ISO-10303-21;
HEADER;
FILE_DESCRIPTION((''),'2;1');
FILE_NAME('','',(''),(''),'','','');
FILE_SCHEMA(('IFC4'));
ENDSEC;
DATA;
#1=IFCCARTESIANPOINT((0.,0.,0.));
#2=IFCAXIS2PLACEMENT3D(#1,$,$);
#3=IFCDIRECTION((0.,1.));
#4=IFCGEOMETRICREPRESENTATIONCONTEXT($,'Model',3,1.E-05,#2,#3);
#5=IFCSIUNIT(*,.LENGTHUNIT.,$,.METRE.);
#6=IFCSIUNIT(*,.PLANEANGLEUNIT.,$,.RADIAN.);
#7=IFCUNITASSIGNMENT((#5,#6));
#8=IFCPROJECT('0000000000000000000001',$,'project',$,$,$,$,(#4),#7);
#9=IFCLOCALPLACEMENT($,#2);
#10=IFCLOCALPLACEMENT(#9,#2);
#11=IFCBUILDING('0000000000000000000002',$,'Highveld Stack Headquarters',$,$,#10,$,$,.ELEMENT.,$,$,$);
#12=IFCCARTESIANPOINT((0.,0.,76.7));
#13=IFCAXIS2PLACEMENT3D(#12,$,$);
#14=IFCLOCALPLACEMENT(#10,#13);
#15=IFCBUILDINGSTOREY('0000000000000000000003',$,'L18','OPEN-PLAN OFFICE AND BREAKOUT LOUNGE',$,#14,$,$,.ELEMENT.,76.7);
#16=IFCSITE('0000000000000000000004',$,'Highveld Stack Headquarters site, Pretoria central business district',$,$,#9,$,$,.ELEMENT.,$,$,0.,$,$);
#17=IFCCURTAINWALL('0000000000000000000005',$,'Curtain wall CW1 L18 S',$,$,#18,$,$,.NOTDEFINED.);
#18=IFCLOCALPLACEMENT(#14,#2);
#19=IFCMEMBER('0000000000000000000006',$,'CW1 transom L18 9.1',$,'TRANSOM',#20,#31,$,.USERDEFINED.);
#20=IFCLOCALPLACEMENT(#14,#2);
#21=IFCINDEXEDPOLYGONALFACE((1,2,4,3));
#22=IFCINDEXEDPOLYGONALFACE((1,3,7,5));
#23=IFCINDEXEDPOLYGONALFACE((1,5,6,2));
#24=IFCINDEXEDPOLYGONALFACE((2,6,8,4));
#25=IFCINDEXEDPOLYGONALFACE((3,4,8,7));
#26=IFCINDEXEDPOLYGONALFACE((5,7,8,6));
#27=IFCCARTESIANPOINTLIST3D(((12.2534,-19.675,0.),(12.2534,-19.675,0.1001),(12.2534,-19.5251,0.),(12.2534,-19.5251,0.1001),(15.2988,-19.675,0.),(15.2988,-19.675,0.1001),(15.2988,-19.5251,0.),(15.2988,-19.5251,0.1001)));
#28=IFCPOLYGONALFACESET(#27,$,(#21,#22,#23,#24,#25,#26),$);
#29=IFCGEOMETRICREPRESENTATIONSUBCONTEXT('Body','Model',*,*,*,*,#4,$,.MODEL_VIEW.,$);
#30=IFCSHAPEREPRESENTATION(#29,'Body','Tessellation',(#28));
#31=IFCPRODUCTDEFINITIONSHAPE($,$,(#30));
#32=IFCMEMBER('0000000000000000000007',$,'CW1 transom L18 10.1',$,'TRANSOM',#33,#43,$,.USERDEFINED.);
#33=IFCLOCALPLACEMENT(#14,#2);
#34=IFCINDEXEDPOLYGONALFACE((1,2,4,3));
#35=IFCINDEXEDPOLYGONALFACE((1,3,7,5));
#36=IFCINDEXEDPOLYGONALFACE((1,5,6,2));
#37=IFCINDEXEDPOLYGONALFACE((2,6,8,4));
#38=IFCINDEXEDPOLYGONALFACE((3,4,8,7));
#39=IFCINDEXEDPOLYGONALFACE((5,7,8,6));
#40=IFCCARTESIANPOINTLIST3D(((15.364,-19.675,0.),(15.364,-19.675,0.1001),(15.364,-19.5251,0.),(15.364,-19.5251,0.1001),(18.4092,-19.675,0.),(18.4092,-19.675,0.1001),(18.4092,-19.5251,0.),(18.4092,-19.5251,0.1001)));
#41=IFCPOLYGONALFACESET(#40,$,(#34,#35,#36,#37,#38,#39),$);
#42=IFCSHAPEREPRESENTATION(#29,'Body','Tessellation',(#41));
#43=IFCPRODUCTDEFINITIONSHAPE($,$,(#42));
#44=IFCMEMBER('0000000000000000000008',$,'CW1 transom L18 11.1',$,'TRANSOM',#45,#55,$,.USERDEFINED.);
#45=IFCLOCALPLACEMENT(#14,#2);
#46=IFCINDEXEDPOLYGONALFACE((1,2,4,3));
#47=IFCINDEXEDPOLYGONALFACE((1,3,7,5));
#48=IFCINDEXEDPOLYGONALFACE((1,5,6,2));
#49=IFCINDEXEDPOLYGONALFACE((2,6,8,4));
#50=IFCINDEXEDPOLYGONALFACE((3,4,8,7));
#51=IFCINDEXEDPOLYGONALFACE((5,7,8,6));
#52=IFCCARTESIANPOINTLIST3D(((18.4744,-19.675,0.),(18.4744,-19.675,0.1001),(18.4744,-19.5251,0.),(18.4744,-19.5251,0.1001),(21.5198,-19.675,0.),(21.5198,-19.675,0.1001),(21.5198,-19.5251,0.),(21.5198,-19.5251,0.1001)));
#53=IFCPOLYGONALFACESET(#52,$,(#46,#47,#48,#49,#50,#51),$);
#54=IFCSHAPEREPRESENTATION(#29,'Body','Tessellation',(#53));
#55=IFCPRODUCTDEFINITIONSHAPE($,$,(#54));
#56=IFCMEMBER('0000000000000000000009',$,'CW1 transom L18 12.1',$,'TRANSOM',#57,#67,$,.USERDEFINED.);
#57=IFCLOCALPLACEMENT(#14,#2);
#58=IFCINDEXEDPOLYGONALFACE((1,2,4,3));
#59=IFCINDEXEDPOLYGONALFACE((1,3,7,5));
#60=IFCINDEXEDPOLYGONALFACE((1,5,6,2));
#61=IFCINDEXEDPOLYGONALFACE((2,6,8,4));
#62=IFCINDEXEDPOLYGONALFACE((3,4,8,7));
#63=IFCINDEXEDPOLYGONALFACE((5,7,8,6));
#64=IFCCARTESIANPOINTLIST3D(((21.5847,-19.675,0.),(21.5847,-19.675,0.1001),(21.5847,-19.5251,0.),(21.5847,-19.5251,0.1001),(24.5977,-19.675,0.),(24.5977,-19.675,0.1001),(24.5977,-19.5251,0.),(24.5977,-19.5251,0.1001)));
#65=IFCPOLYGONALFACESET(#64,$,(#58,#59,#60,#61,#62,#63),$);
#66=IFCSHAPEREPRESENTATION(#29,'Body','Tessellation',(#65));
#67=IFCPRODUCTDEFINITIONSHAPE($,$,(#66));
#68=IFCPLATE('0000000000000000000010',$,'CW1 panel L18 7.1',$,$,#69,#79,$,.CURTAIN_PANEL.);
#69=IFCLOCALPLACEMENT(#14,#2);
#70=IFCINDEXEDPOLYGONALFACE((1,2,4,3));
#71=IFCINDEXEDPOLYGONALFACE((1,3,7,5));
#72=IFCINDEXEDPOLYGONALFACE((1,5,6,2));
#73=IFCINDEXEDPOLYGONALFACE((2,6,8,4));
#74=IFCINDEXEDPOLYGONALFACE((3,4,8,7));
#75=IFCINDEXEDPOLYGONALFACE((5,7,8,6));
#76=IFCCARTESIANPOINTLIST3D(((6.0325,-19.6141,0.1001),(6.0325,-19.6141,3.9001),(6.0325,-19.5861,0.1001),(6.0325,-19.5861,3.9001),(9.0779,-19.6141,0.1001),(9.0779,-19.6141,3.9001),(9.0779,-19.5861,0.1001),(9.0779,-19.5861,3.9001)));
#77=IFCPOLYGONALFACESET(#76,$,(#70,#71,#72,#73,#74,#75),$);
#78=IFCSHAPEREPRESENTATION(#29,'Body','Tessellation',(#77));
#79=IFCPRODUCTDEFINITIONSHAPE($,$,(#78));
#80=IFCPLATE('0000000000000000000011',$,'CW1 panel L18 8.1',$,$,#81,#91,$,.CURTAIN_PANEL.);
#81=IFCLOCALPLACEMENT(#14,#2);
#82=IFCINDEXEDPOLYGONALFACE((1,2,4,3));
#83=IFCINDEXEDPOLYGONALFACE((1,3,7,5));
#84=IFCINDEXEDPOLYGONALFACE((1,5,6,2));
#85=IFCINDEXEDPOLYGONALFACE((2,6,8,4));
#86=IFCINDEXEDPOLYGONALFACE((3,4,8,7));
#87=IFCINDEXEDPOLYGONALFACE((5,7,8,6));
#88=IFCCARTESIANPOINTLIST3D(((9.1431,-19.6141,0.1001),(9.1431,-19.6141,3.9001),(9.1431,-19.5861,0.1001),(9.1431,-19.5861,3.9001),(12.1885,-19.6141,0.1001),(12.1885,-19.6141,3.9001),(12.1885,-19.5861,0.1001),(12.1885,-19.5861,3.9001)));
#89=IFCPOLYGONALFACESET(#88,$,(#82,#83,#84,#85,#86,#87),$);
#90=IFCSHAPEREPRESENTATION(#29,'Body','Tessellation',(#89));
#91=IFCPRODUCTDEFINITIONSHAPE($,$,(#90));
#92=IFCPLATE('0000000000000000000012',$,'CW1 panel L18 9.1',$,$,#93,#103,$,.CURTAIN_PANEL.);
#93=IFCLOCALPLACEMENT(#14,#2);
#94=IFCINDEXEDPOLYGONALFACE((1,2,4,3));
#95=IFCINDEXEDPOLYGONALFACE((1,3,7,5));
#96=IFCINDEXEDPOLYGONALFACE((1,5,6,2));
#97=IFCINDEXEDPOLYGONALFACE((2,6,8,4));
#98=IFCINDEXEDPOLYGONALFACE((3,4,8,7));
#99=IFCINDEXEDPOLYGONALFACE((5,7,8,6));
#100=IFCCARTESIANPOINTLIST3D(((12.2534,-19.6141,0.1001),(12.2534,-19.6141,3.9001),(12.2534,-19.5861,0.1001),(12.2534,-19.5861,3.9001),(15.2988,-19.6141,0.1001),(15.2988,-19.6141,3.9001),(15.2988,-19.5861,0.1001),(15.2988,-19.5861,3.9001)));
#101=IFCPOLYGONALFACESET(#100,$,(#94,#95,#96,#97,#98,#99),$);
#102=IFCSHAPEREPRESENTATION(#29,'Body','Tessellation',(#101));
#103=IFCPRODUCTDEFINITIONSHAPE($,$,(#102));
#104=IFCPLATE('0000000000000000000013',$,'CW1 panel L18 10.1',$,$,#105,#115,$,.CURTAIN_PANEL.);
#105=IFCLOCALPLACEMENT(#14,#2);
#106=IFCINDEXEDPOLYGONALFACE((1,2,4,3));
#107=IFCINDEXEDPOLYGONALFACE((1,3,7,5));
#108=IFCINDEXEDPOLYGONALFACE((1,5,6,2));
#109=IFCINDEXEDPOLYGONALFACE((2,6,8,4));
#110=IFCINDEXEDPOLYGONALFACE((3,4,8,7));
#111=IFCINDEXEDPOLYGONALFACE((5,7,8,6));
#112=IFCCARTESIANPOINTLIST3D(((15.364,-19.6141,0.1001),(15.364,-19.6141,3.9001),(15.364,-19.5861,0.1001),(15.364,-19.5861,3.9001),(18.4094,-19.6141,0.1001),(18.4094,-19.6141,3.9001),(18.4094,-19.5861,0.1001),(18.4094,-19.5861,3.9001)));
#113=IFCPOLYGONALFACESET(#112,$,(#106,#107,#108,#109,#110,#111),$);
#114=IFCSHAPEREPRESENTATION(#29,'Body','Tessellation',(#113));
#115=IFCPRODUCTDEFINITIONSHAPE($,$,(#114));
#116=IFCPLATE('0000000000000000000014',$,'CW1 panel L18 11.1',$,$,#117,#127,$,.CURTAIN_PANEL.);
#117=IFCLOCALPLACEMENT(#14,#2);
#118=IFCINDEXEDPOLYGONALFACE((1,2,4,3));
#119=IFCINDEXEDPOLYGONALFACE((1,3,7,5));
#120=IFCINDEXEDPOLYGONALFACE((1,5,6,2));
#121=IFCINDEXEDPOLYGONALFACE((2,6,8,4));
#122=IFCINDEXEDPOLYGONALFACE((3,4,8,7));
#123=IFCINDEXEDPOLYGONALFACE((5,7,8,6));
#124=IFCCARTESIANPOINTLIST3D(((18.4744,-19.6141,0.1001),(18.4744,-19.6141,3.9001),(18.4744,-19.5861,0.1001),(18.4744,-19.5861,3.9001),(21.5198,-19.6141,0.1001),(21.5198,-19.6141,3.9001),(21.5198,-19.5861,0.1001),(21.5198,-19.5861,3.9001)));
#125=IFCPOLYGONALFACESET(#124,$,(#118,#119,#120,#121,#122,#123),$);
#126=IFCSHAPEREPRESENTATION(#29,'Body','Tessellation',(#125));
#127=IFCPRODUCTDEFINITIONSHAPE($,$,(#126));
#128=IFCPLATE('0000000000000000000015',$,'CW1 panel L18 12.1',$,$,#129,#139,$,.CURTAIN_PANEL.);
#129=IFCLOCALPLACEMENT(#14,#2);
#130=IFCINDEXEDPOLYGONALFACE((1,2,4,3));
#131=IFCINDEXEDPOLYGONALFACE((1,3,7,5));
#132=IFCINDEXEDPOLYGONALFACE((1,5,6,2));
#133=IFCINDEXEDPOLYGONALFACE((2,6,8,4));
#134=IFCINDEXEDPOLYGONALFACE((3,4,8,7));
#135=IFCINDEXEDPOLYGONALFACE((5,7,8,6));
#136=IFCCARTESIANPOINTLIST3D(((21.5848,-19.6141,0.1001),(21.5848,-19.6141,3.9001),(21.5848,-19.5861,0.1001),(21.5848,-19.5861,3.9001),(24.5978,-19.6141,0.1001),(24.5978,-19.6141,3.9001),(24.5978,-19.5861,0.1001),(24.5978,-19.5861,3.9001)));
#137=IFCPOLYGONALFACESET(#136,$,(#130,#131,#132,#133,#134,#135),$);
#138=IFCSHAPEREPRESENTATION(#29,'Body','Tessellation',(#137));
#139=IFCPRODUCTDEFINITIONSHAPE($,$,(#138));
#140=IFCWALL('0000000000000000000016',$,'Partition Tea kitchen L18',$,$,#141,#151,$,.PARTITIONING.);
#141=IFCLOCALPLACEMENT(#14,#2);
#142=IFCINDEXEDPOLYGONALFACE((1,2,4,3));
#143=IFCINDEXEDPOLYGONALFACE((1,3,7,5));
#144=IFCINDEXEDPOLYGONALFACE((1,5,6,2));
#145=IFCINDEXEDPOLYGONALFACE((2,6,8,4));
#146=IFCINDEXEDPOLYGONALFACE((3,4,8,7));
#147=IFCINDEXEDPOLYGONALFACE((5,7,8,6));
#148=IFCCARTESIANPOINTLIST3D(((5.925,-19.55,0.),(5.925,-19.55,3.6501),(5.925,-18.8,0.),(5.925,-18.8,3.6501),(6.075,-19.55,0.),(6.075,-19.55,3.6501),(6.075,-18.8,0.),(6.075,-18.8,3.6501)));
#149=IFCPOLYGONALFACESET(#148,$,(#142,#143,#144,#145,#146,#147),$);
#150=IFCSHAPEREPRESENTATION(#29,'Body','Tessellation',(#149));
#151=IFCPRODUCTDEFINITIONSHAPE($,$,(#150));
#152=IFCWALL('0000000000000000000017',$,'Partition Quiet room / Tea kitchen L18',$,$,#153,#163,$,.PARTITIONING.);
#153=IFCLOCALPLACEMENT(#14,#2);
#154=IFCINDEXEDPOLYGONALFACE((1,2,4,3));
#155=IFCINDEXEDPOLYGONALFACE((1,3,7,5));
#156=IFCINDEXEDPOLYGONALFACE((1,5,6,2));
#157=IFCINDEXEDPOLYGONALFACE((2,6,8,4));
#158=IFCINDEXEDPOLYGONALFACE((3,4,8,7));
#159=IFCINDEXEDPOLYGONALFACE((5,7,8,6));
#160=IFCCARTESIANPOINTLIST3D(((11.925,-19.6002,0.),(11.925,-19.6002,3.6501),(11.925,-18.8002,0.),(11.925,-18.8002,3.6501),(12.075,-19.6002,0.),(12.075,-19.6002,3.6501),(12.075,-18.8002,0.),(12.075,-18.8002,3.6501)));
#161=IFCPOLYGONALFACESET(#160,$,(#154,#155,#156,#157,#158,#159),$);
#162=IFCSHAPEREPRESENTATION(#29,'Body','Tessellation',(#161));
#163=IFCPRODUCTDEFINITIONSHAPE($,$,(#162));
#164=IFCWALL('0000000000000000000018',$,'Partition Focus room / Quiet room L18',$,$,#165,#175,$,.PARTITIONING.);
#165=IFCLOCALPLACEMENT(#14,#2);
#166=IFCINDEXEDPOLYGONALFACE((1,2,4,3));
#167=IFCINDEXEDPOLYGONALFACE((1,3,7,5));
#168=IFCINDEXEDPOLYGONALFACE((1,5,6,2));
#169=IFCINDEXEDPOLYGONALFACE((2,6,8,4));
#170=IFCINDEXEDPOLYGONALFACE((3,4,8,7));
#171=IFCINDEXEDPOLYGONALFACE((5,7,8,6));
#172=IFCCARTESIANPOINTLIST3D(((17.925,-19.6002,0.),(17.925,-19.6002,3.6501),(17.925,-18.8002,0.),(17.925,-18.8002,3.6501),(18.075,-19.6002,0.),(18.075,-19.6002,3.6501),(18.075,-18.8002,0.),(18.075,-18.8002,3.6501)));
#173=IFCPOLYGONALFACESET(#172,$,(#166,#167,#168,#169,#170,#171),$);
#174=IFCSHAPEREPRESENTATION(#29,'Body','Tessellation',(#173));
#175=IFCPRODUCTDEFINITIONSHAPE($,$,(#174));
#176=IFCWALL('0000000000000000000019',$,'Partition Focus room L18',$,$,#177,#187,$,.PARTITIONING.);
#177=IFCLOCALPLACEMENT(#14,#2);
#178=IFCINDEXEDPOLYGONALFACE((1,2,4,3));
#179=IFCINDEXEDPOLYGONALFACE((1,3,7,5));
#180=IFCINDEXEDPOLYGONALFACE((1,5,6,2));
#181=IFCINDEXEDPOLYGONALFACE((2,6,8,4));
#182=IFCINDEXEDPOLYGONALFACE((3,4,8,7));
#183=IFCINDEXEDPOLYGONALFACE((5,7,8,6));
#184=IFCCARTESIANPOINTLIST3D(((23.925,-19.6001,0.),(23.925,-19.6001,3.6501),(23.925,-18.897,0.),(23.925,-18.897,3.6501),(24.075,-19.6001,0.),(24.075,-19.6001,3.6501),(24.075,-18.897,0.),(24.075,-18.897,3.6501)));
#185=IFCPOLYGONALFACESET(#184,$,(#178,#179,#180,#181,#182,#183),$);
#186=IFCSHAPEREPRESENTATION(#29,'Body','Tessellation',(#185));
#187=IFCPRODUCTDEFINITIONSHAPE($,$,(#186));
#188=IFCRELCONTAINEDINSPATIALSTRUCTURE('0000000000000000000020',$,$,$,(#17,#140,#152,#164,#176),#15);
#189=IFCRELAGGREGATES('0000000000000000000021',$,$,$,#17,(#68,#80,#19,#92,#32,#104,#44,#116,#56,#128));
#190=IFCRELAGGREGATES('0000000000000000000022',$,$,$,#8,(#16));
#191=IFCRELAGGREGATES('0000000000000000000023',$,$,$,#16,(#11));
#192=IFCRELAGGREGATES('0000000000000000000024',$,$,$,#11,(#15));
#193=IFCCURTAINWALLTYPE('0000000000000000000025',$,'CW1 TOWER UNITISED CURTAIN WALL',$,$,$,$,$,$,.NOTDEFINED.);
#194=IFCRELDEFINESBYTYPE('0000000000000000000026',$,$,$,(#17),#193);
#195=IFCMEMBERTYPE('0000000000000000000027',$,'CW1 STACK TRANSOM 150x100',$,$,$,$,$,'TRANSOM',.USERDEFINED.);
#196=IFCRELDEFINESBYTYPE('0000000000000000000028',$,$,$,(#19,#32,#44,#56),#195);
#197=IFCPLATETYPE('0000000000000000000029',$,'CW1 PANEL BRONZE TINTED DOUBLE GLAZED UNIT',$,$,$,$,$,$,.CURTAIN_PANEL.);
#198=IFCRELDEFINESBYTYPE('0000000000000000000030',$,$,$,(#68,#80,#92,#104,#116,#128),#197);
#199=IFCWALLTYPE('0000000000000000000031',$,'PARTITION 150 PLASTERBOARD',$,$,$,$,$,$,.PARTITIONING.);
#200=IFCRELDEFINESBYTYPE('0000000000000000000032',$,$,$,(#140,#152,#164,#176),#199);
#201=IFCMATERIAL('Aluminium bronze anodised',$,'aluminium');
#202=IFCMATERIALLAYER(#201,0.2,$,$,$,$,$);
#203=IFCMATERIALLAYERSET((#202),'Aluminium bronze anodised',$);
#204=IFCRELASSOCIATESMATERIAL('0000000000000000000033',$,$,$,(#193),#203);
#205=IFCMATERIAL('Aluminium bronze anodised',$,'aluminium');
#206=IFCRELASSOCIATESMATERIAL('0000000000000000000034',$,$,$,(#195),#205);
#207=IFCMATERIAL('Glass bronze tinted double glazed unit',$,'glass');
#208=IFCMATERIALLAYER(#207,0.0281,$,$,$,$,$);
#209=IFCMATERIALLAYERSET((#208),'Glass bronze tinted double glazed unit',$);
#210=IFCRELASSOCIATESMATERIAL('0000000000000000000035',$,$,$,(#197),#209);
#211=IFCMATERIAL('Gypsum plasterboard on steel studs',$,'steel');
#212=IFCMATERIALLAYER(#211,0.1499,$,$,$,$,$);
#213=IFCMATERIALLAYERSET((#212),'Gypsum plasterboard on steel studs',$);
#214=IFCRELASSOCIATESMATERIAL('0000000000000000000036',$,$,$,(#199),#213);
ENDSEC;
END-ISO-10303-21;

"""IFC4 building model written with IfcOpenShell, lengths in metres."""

from ifc_helpers import new_model, si_unit, direction, frame, frame_2d, origin, origin_2d, place, context, subcontext, project, spatial, rectangle, extrude, material, layer, layer_set, material_profile, profile_set, type_object, element, aggregate, save


model = new_model("IFC4")

# Units and contexts
model_context = context("Model", 3, precision=1e-05, world=origin(), true_north=direction((0.0, 1.0)))
body_context = subcontext(model_context, "Body", "Model", "MODEL_VIEW")
ifc_project = project(units=[si_unit("LENGTHUNIT", "METRE"), si_unit("PLANEANGLEUNIT", "RADIAN")], contexts=[model_context])

# Site, building, storey
site_placement = place(None, origin())
site = spatial("IfcSite", under=ifc_project, at=site_placement, Name="Highveld Stack Headquarters site, Pretoria central business district", CompositionType="ELEMENT", RefElevation=0.0)
building_placement = place(site_placement, origin())
building = spatial("IfcBuilding", under=site, at=building_placement, Name="Highveld Stack Headquarters", CompositionType="ELEMENT")
storey_placement = place(building_placement, frame((0.0, 0.0, 76.7)))
storey = spatial("IfcBuildingStorey", under=building, at=storey_placement, Name="L18", Description="OPEN-PLAN OFFICE AND BREAKOUT LOUNGE", CompositionType="ELEMENT", Elevation=76.7)

# Curtain wall, members, plates
ifc_material_1 = material(Name="Aluminium bronze anodised", Category="aluminium")
ifc_layer_1 = layer(ifc_material_1, 0.2)
ifc_layer_set_1 = layer_set([ifc_layer_1], Name="Aluminium bronze anodised")
curtain_wall_type = type_object("IfcCurtainWallType", Name="CW1 TOWER UNITISED CURTAIN WALL", PredefinedType="NOTDEFINED", material=ifc_layer_set_1)
curtain_wall_placement = place(storey_placement, origin())
curtain_wall = element("IfcCurtainWall", 1, at=curtain_wall_placement, inside=storey, type_object=curtain_wall_type, Name="Curtain wall CW1 L18 S", PredefinedType="NOTDEFINED")
ifc_material_2 = material(Name="Aluminium bronze anodised", Category="aluminium")
ifc_material_profile_1 = material_profile(ifc_material_2, rectangle(XDim=0.1499, YDim=0.1001, at=origin_2d()), Name="CW1 TRANSOM 150x100")
ifc_profile_set_1 = profile_set([ifc_material_profile_1], Name="Aluminium bronze anodised")
member_type_1 = type_object("IfcMemberType", Name="CW1 STACK TRANSOM 150x100", ElementType="TRANSOM", PredefinedType="USERDEFINED", material=ifc_profile_set_1)
member_1_placement = place(storey_placement, frame((12.2534, -19.6001, 0.05), z_axis=(1.0, 0.0, 0.0), x_axis=(0.0, 1.0, 0.0)))
member_1 = element("IfcMember", 2, at=member_1_placement, type_object=member_type_1, Name="CW1 transom L18 9.1", ObjectType="TRANSOM", PredefinedType="USERDEFINED", context=body_context, shape_type="SweptSolid", body=[
    extrude(rectangle(XDim=0.1499, YDim=0.1001, at=origin_2d()), origin(), (0.0, 0.0, 1.0), 3.0454),
])
member_2_placement = place(storey_placement, frame((15.364, -19.6001, 0.05), z_axis=(1.0, 0.0, 0.0), x_axis=(0.0, 1.0, 0.0)))
member_2 = element("IfcMember", 3, at=member_2_placement, type_object=member_type_1, Name="CW1 transom L18 10.1", ObjectType="TRANSOM", PredefinedType="USERDEFINED", context=body_context, shape_type="SweptSolid", body=[
    extrude(rectangle(XDim=0.1499, YDim=0.1001, at=origin_2d()), origin(), (0.0, 0.0, 1.0), 3.0452),
])
member_3_placement = place(storey_placement, frame((18.4744, -19.6001, 0.05), z_axis=(1.0, 0.0, 0.0), x_axis=(0.0, 1.0, 0.0)))
member_3 = element("IfcMember", 4, at=member_3_placement, type_object=member_type_1, Name="CW1 transom L18 11.1", ObjectType="TRANSOM", PredefinedType="USERDEFINED", context=body_context, shape_type="SweptSolid", body=[
    extrude(rectangle(XDim=0.1499, YDim=0.1001, at=origin_2d()), origin(), (0.0, 0.0, 1.0), 3.0454),
])
member_4_placement = place(storey_placement, frame((21.5847, -19.6001, 0.05), z_axis=(1.0, 0.0, 0.0), x_axis=(0.0, 1.0, 0.0)))
member_4 = element("IfcMember", 5, at=member_4_placement, type_object=member_type_1, Name="CW1 transom L18 12.1", ObjectType="TRANSOM", PredefinedType="USERDEFINED", context=body_context, shape_type="SweptSolid", body=[
    extrude(rectangle(XDim=0.1499, YDim=0.1001, at=origin_2d()), origin(), (0.0, 0.0, 1.0), 3.0129),
])
ifc_material_3 = material(Name="Glass bronze tinted double glazed unit", Category="glass")
ifc_layer_2 = layer(ifc_material_3, 0.0281)
ifc_layer_set_2 = layer_set([ifc_layer_2], Name="Glass bronze tinted double glazed unit")
plate_type = type_object("IfcPlateType", Name="CW1 PANEL BRONZE TINTED DOUBLE GLAZED UNIT", PredefinedType="CURTAIN_PANEL", material=ifc_layer_set_2)
plate_1_placement = place(storey_placement, frame((7.5552, -19.6001, 0.1001), z_axis=(0.0, 0.0, 1.0), x_axis=(1.0, 0.0, 0.0)))
plate_1 = element("IfcPlate", 6, at=plate_1_placement, type_object=plate_type, Name="CW1 panel L18 7.1", PredefinedType="CURTAIN_PANEL", context=body_context, shape_type="SweptSolid", body=[
    extrude(rectangle(XDim=3.0454, YDim=0.0281, at=origin_2d()), origin(), (0.0, 0.0, 1.0), 3.8),
])
plate_2_placement = place(storey_placement, frame((10.6658, -19.6001, 0.1001), z_axis=(0.0, 0.0, 1.0), x_axis=(1.0, 0.0, 0.0)))
plate_2 = element("IfcPlate", 7, at=plate_2_placement, type_object=plate_type, Name="CW1 panel L18 8.1", PredefinedType="CURTAIN_PANEL", context=body_context, shape_type="SweptSolid", body=[
    extrude(rectangle(XDim=3.0454, YDim=0.0281, at=origin_2d()), origin(), (0.0, 0.0, 1.0), 3.8),
])
plate_3_placement = place(storey_placement, frame((13.7761, -19.6001, 0.1001), z_axis=(0.0, 0.0, 1.0), x_axis=(1.0, 0.0, 0.0)))
plate_3 = element("IfcPlate", 8, at=plate_3_placement, type_object=plate_type, Name="CW1 panel L18 9.1", PredefinedType="CURTAIN_PANEL", context=body_context, shape_type="SweptSolid", body=[
    extrude(rectangle(XDim=3.0454, YDim=0.0281, at=origin_2d()), origin(), (0.0, 0.0, 1.0), 3.8),
])
plate_4_placement = place(storey_placement, frame((16.8867, -19.6001, 0.1001), z_axis=(0.0, 0.0, 1.0), x_axis=(1.0, 0.0, 0.0)))
plate_4 = element("IfcPlate", 9, at=plate_4_placement, type_object=plate_type, Name="CW1 panel L18 10.1", PredefinedType="CURTAIN_PANEL", context=body_context, shape_type="SweptSolid", body=[
    extrude(rectangle(XDim=3.0454, YDim=0.0281, at=origin_2d()), origin(), (0.0, 0.0, 1.0), 3.8),
])
plate_5_placement = place(storey_placement, frame((19.9971, -19.6001, 0.1001), z_axis=(0.0, 0.0, 1.0), x_axis=(1.0, 0.0, 0.0)))
plate_5 = element("IfcPlate", 10, at=plate_5_placement, type_object=plate_type, Name="CW1 panel L18 11.1", PredefinedType="CURTAIN_PANEL", context=body_context, shape_type="SweptSolid", body=[
    extrude(rectangle(XDim=3.0454, YDim=0.0281, at=origin_2d()), origin(), (0.0, 0.0, 1.0), 3.8),
])
plate_6_placement = place(storey_placement, frame((23.0913, -19.6001, 0.1001), z_axis=(0.0, 0.0, 1.0), x_axis=(1.0, 0.0, 0.0)))
plate_6 = element("IfcPlate", 11, at=plate_6_placement, type_object=plate_type, Name="CW1 panel L18 12.1", PredefinedType="CURTAIN_PANEL", context=body_context, shape_type="SweptSolid", body=[
    extrude(rectangle(XDim=3.0129, YDim=0.0281, at=origin_2d()), origin(), (0.0, 0.0, 1.0), 3.8),
])
aggregate(curtain_wall, [plate_1, plate_2, member_1, plate_3, member_2, plate_4, member_3, plate_5, member_4, plate_6])

# Walls
ifc_material_4 = material(Name="Gypsum plasterboard on steel studs", Category="steel")
ifc_layer_3 = layer(ifc_material_4, 0.1499)
ifc_layer_set_3 = layer_set([ifc_layer_3], Name="Gypsum plasterboard on steel studs")
wall_type = type_object("IfcWallType", Name="PARTITION 150 PLASTERBOARD", PredefinedType="PARTITIONING", material=ifc_layer_set_3)
wall_1_placement = place(storey_placement, frame((6.0, -19.55, 0.0), z_axis=(0.0, 0.0, 1.0), x_axis=(0.0, 1.0, 0.0)))
element("IfcWall", 12, at=wall_1_placement, inside=storey, type_object=wall_type, Name="Partition Tea kitchen L18", PredefinedType="PARTITIONING", context=body_context, shape_type="SweptSolid", body=[
    extrude(rectangle(XDim=0.75, YDim=0.1499, at=frame_2d((0.375, 0.0))), origin(), (0.0, 0.0, 1.0), 3.6501),
])
for number, where, z_axis, x_axis, name in (
    (13, (12.0, -19.6001, 0.0), (0.0, 0.0, 1.0), (0.0, 1.0, 0.0), "Partition Quiet room / Tea kitchen L18"),
    (14, (18.0, -19.6001, 0.0), (0.0, 0.0, 1.0), (0.0, 1.0, 0.0), "Partition Focus room / Quiet room L18"),
):
    element("IfcWall", number, at=place(storey_placement, frame(where, z_axis=z_axis, x_axis=x_axis)), inside=storey, type_object=wall_type, Name=name, PredefinedType="PARTITIONING", context=body_context, shape_type="SweptSolid", body=[
        extrude(rectangle(XDim=0.8, YDim=0.1499, at=frame_2d((0.3999, 0.0))), origin(), (0.0, 0.0, 1.0), 3.6501),
    ])
wall_2_placement = place(storey_placement, frame((24.0, -19.6001, 0.0), z_axis=(0.0, 0.0, 1.0), x_axis=(0.0, 1.0, 0.0)))
element("IfcWall", 15, at=wall_2_placement, inside=storey, type_object=wall_type, Name="Partition Focus room L18", PredefinedType="PARTITIONING", context=body_context, shape_type="SweptSolid", body=[
    extrude(rectangle(XDim=0.7031, YDim=0.1499, at=frame_2d((0.3516, 0.0))), origin(), (0.0, 0.0, 1.0), 3.6501),
])

save(model, "model.ifc")
